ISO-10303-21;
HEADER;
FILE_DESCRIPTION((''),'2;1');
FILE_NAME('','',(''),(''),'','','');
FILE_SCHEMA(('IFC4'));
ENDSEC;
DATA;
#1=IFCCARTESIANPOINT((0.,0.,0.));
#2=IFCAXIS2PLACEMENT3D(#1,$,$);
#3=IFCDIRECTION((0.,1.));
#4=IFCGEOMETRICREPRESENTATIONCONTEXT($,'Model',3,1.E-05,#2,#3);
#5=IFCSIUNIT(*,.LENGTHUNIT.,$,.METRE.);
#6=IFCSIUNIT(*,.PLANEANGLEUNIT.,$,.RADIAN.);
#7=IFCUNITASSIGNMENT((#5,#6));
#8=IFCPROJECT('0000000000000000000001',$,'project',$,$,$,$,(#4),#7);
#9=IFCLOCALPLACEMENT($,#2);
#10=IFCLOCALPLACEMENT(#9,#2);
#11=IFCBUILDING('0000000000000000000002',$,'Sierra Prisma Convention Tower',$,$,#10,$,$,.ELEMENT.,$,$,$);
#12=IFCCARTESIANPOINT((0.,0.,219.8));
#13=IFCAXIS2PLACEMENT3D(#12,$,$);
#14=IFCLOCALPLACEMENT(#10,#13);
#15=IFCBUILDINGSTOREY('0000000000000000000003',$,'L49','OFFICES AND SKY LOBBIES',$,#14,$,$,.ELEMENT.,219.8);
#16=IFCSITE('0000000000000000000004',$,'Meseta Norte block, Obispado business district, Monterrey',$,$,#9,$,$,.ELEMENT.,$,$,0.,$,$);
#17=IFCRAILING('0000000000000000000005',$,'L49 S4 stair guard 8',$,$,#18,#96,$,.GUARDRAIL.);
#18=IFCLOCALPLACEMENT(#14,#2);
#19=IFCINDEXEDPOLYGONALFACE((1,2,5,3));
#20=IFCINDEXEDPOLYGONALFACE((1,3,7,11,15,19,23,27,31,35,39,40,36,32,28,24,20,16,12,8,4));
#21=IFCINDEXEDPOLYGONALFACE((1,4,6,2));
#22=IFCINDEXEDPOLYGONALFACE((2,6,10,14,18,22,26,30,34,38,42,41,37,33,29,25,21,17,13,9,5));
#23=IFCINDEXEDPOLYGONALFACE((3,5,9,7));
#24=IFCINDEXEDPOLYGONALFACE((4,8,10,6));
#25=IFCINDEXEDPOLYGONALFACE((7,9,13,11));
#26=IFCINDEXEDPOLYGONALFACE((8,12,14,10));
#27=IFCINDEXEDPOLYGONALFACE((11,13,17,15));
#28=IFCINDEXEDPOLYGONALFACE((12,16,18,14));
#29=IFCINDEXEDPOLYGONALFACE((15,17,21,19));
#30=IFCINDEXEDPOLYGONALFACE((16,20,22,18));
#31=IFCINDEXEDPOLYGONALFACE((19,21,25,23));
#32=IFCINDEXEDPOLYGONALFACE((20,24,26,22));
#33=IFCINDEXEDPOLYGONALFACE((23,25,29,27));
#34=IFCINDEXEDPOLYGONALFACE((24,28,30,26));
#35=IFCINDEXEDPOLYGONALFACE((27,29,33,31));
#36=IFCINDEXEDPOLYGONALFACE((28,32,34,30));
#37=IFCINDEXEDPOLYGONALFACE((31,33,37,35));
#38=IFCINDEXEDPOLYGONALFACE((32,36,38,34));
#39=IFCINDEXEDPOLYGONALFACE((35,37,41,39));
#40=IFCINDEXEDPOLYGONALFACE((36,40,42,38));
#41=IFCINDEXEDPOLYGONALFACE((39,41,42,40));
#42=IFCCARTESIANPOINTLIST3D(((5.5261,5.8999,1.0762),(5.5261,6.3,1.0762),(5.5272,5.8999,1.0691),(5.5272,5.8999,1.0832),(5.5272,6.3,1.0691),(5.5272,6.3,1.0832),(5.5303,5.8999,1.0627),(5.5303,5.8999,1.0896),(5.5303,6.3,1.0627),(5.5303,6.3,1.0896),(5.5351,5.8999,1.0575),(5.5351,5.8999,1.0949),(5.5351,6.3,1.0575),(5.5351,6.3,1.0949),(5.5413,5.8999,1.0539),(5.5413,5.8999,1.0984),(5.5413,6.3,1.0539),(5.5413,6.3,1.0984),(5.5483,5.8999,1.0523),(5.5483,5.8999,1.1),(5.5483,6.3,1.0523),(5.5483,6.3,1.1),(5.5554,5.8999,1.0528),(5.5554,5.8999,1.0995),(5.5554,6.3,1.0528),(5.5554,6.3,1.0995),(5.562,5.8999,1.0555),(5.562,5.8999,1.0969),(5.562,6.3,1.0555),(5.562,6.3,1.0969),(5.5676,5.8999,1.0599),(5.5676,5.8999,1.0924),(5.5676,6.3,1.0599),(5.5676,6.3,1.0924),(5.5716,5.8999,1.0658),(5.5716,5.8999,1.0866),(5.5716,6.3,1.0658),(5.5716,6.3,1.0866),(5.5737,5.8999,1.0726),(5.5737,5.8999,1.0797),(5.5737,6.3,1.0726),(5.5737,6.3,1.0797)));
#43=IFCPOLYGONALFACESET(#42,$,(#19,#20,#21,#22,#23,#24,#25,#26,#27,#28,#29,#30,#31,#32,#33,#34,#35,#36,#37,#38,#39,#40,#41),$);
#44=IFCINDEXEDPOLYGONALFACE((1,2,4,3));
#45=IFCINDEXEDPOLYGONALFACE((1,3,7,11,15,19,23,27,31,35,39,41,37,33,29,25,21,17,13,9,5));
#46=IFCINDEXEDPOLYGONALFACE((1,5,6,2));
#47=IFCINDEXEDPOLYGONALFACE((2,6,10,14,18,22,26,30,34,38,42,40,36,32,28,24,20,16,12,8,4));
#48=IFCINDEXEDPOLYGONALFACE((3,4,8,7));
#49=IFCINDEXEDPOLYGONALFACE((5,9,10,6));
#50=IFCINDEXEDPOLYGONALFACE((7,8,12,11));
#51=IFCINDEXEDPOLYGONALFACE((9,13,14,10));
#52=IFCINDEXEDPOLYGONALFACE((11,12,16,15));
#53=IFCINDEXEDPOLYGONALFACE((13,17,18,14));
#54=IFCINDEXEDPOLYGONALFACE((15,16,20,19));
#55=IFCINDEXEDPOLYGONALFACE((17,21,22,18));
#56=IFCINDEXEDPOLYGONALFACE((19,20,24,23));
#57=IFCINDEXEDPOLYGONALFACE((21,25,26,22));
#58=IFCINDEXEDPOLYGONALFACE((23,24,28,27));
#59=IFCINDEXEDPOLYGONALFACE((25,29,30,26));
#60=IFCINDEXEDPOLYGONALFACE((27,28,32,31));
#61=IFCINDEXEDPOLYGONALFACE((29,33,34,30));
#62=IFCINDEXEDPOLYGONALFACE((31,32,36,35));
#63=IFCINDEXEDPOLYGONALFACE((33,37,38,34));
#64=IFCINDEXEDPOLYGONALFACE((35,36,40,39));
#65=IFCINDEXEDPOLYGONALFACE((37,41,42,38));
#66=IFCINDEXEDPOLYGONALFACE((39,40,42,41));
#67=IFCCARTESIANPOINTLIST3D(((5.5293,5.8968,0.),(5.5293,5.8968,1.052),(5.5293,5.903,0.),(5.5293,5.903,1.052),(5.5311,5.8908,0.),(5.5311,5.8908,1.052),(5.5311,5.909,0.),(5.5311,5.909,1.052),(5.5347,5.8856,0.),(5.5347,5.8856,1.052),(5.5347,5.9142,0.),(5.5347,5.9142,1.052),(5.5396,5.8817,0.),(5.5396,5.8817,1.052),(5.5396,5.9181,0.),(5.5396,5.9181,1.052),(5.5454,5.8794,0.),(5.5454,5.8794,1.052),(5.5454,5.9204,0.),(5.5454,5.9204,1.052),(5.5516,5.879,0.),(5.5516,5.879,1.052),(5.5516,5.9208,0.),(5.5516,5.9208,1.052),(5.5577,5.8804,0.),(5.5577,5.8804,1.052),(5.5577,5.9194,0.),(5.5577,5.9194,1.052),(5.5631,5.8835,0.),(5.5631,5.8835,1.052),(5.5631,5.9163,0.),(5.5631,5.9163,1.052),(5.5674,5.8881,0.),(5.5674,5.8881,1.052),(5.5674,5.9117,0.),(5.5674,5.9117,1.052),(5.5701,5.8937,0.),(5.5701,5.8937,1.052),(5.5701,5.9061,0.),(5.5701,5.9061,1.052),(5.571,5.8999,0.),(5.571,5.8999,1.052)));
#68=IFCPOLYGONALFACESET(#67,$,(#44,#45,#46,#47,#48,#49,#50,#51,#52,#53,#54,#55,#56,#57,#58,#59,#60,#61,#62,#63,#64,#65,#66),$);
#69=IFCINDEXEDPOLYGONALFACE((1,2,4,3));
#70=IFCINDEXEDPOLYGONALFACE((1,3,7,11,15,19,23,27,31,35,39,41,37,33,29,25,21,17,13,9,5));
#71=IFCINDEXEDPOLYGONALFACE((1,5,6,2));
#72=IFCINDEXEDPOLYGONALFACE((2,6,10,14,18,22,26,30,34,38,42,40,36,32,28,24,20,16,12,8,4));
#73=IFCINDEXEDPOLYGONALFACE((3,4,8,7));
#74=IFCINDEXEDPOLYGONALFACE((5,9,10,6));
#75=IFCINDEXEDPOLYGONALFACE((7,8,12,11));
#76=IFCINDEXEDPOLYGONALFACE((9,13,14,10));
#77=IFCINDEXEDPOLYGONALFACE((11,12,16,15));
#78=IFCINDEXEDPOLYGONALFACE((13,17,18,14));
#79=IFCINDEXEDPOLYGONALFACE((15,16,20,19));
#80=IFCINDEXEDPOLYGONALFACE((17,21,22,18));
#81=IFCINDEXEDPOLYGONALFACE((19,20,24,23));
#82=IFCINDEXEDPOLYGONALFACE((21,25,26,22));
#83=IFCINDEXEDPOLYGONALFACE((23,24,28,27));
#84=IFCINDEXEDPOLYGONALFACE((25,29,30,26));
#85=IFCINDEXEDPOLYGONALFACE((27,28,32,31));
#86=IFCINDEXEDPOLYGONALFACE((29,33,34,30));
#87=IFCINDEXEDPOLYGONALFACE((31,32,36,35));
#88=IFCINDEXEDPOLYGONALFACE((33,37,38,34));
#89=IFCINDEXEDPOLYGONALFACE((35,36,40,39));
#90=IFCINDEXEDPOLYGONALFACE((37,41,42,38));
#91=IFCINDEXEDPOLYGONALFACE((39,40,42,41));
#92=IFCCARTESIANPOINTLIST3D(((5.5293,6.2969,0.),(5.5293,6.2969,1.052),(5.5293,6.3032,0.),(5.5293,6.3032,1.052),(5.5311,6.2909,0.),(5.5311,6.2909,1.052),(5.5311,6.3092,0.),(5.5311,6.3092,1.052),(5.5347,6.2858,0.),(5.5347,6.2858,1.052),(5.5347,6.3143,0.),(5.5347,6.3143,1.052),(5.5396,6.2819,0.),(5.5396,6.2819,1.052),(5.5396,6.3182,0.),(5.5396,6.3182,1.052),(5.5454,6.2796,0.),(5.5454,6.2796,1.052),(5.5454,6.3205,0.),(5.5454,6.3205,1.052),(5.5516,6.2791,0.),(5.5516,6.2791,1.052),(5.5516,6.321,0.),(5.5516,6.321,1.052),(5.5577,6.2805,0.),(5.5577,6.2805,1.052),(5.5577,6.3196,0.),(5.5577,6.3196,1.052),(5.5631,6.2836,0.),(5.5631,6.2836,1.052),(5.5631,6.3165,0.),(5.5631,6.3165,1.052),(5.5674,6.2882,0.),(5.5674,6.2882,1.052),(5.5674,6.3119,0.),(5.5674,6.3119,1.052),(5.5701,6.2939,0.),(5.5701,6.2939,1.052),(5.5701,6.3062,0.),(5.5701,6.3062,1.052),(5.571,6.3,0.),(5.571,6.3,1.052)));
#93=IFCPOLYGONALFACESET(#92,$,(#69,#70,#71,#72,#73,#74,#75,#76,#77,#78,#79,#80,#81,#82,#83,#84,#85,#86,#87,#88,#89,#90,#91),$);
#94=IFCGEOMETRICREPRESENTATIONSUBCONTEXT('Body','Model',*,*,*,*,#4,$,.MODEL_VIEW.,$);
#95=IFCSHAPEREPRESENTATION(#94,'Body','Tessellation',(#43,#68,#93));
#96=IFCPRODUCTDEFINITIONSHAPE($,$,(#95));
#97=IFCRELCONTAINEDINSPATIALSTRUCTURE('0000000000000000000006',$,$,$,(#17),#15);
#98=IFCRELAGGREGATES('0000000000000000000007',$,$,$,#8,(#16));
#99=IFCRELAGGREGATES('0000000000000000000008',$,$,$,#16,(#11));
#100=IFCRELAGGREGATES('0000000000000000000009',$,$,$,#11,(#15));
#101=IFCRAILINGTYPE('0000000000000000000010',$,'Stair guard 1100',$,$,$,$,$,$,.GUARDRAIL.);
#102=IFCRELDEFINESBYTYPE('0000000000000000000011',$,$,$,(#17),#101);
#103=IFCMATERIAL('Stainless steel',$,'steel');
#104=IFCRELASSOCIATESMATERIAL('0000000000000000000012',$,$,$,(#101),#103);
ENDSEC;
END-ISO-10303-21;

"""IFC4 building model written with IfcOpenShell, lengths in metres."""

from ifc_helpers import new_model, si_unit, direction, frame, origin, origin_2d, place, context, subcontext, project, spatial, circle, extrude, material, type_object, element, save


model = new_model("IFC4")

# Units and contexts
model_context = context("Model", 3, precision=1e-05, world=origin(), true_north=direction((0.0, 1.0)))
body_context = subcontext(model_context, "Body", "Model", "MODEL_VIEW")
ifc_project = project(units=[si_unit("LENGTHUNIT", "METRE"), si_unit("PLANEANGLEUNIT", "RADIAN")], contexts=[model_context])

# Site, building, storey
site_placement = place(None, origin())
site = spatial("IfcSite", under=ifc_project, at=site_placement, Name="Meseta Norte block, Obispado business district, Monterrey", CompositionType="ELEMENT", RefElevation=0.0)
building_placement = place(site_placement, origin())
building = spatial("IfcBuilding", under=site, at=building_placement, Name="Sierra Prisma Convention Tower", CompositionType="ELEMENT")
storey_placement = place(building_placement, frame((0.0, 0.0, 219.8)))
storey = spatial("IfcBuildingStorey", under=building, at=storey_placement, Name="L49", Description="OFFICES AND SKY LOBBIES", CompositionType="ELEMENT", Elevation=219.8)

# Railing
ifc_material_1 = material(Name="Stainless steel", Category="steel")
railing_type_1 = type_object("IfcRailingType", Name="Stair guard 1100", PredefinedType="GUARDRAIL", material=ifc_material_1)
railing_1_placement = place(storey_placement, frame((5.55, 5.8999, 0.0)))
element("IfcRailing", 1, at=railing_1_placement, inside=storey, type_object=railing_type_1, Name="L49 S4 stair guard 8", PredefinedType="GUARDRAIL", context=body_context, shape_type="SweptSolid", body=[
    extrude(circle(Radius=0.0239, at=origin_2d()), frame((0.0, 0.0, 1.0762), z_axis=(0.0, 1.0, 0.0), x_axis=(-1.0, 0.0, 0.0)), (0.0, 0.0, 1.0), 0.4001),
    extrude(circle(Radius=0.021, at=origin_2d()), origin(), (0.0, 0.0, 1.0), 1.052),
    extrude(circle(Radius=0.021, at=origin_2d()), frame((0.0, 0.4001, 0.0)), (0.0, 0.0, 1.0), 1.052),
])

save(model, "model.ifc")
